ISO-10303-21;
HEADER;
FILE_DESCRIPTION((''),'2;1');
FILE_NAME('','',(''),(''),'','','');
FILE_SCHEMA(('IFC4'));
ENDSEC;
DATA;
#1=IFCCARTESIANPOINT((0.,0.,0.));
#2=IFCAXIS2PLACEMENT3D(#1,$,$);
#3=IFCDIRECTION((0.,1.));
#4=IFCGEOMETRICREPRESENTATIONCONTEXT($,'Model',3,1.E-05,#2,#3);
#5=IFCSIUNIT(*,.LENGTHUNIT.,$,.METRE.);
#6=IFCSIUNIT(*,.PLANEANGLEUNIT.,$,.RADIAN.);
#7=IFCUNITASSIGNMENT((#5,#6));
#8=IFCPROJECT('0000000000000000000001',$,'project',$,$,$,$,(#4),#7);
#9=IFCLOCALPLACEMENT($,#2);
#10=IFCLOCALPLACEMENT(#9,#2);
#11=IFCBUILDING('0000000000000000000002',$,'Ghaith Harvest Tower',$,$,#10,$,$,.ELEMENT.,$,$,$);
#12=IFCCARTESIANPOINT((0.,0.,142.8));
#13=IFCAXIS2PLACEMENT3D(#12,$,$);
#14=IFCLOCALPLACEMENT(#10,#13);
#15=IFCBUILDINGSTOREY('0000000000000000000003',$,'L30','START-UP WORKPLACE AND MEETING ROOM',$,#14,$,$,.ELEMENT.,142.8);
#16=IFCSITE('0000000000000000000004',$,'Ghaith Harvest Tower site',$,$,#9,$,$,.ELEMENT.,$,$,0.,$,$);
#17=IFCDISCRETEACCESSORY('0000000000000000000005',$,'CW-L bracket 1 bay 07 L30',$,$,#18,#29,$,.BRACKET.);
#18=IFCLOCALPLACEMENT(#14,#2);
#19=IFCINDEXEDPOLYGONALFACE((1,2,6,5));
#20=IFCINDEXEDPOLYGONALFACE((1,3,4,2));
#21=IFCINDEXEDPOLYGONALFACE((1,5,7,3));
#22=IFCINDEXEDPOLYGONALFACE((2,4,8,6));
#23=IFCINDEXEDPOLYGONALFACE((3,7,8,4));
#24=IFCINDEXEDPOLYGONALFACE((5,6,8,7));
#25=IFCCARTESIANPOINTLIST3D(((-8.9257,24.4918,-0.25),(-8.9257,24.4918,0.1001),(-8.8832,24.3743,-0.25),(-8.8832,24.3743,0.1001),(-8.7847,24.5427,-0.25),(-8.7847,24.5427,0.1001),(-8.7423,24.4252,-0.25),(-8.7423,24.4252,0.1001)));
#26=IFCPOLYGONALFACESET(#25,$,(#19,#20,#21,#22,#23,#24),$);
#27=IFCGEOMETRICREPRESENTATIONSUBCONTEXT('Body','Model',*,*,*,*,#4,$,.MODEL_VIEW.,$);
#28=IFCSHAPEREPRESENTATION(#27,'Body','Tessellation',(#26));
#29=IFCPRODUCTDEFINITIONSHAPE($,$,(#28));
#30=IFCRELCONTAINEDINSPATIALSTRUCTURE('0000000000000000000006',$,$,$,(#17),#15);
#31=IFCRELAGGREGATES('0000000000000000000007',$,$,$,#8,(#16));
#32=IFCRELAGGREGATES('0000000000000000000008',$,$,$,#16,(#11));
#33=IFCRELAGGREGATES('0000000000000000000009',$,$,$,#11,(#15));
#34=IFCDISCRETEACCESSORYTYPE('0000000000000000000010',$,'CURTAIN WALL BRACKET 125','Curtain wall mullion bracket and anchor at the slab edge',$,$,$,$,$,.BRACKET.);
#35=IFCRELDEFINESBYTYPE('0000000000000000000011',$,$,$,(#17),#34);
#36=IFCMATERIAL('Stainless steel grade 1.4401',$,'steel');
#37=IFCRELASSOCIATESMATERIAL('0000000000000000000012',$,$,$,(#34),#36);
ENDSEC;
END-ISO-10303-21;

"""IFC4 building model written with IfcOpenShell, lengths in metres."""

from ifc_helpers import new_model, si_unit, direction, frame, origin, origin_2d, place, context, subcontext, project, spatial, rectangle, extrude, material, type_object, element, save


model = new_model("IFC4")

# Units and contexts
model_context = context("Model", 3, precision=1e-05, world=origin(), true_north=direction((0.0, 1.0)))
body_context = subcontext(model_context, "Body", "Model", "MODEL_VIEW")
ifc_project = project(units=[si_unit("LENGTHUNIT", "METRE"), si_unit("PLANEANGLEUNIT", "RADIAN")], contexts=[model_context])

# Site, building, storey
site_placement = place(None, origin())
site = spatial("IfcSite", under=ifc_project, at=site_placement, Name="Ghaith Harvest Tower site", CompositionType="ELEMENT", RefElevation=0.0)
building_placement = place(site_placement, origin())
building = spatial("IfcBuilding", under=site, at=building_placement, Name="Ghaith Harvest Tower", CompositionType="ELEMENT")
storey_placement = place(building_placement, frame((0.0, 0.0, 142.8)))
storey = spatial("IfcBuildingStorey", under=building, at=storey_placement, Name="L30", Description="START-UP WORKPLACE AND MEETING ROOM", CompositionType="ELEMENT", Elevation=142.8)

# Discrete accessory
ifc_material_1 = material(Name="Stainless steel grade 1.4401", Category="steel")
discrete_accessory_type = type_object("IfcDiscreteAccessoryType", Name="CURTAIN WALL BRACKET 125", Description="Curtain wall mullion bracket and anchor at the slab edge", PredefinedType="BRACKET", material=ifc_material_1)
discrete_accessory_placement = place(storey_placement, frame((-8.834, 24.4585, -0.25), z_axis=(0.0, 0.0, 1.0), x_axis=(-0.339699, 0.940534, 0.0)))
element("IfcDiscreteAccessory", 1, at=discrete_accessory_placement, inside=storey, type_object=discrete_accessory_type, Name="CW-L bracket 1 bay 07 L30", PredefinedType="BRACKET", context=body_context, shape_type="SweptSolid", body=[
    extrude(rectangle(XDim=0.125, YDim=0.1499, at=origin_2d()), origin(), (0.0, 0.0, 1.0), 0.3501),
])

save(model, "model.ifc")
